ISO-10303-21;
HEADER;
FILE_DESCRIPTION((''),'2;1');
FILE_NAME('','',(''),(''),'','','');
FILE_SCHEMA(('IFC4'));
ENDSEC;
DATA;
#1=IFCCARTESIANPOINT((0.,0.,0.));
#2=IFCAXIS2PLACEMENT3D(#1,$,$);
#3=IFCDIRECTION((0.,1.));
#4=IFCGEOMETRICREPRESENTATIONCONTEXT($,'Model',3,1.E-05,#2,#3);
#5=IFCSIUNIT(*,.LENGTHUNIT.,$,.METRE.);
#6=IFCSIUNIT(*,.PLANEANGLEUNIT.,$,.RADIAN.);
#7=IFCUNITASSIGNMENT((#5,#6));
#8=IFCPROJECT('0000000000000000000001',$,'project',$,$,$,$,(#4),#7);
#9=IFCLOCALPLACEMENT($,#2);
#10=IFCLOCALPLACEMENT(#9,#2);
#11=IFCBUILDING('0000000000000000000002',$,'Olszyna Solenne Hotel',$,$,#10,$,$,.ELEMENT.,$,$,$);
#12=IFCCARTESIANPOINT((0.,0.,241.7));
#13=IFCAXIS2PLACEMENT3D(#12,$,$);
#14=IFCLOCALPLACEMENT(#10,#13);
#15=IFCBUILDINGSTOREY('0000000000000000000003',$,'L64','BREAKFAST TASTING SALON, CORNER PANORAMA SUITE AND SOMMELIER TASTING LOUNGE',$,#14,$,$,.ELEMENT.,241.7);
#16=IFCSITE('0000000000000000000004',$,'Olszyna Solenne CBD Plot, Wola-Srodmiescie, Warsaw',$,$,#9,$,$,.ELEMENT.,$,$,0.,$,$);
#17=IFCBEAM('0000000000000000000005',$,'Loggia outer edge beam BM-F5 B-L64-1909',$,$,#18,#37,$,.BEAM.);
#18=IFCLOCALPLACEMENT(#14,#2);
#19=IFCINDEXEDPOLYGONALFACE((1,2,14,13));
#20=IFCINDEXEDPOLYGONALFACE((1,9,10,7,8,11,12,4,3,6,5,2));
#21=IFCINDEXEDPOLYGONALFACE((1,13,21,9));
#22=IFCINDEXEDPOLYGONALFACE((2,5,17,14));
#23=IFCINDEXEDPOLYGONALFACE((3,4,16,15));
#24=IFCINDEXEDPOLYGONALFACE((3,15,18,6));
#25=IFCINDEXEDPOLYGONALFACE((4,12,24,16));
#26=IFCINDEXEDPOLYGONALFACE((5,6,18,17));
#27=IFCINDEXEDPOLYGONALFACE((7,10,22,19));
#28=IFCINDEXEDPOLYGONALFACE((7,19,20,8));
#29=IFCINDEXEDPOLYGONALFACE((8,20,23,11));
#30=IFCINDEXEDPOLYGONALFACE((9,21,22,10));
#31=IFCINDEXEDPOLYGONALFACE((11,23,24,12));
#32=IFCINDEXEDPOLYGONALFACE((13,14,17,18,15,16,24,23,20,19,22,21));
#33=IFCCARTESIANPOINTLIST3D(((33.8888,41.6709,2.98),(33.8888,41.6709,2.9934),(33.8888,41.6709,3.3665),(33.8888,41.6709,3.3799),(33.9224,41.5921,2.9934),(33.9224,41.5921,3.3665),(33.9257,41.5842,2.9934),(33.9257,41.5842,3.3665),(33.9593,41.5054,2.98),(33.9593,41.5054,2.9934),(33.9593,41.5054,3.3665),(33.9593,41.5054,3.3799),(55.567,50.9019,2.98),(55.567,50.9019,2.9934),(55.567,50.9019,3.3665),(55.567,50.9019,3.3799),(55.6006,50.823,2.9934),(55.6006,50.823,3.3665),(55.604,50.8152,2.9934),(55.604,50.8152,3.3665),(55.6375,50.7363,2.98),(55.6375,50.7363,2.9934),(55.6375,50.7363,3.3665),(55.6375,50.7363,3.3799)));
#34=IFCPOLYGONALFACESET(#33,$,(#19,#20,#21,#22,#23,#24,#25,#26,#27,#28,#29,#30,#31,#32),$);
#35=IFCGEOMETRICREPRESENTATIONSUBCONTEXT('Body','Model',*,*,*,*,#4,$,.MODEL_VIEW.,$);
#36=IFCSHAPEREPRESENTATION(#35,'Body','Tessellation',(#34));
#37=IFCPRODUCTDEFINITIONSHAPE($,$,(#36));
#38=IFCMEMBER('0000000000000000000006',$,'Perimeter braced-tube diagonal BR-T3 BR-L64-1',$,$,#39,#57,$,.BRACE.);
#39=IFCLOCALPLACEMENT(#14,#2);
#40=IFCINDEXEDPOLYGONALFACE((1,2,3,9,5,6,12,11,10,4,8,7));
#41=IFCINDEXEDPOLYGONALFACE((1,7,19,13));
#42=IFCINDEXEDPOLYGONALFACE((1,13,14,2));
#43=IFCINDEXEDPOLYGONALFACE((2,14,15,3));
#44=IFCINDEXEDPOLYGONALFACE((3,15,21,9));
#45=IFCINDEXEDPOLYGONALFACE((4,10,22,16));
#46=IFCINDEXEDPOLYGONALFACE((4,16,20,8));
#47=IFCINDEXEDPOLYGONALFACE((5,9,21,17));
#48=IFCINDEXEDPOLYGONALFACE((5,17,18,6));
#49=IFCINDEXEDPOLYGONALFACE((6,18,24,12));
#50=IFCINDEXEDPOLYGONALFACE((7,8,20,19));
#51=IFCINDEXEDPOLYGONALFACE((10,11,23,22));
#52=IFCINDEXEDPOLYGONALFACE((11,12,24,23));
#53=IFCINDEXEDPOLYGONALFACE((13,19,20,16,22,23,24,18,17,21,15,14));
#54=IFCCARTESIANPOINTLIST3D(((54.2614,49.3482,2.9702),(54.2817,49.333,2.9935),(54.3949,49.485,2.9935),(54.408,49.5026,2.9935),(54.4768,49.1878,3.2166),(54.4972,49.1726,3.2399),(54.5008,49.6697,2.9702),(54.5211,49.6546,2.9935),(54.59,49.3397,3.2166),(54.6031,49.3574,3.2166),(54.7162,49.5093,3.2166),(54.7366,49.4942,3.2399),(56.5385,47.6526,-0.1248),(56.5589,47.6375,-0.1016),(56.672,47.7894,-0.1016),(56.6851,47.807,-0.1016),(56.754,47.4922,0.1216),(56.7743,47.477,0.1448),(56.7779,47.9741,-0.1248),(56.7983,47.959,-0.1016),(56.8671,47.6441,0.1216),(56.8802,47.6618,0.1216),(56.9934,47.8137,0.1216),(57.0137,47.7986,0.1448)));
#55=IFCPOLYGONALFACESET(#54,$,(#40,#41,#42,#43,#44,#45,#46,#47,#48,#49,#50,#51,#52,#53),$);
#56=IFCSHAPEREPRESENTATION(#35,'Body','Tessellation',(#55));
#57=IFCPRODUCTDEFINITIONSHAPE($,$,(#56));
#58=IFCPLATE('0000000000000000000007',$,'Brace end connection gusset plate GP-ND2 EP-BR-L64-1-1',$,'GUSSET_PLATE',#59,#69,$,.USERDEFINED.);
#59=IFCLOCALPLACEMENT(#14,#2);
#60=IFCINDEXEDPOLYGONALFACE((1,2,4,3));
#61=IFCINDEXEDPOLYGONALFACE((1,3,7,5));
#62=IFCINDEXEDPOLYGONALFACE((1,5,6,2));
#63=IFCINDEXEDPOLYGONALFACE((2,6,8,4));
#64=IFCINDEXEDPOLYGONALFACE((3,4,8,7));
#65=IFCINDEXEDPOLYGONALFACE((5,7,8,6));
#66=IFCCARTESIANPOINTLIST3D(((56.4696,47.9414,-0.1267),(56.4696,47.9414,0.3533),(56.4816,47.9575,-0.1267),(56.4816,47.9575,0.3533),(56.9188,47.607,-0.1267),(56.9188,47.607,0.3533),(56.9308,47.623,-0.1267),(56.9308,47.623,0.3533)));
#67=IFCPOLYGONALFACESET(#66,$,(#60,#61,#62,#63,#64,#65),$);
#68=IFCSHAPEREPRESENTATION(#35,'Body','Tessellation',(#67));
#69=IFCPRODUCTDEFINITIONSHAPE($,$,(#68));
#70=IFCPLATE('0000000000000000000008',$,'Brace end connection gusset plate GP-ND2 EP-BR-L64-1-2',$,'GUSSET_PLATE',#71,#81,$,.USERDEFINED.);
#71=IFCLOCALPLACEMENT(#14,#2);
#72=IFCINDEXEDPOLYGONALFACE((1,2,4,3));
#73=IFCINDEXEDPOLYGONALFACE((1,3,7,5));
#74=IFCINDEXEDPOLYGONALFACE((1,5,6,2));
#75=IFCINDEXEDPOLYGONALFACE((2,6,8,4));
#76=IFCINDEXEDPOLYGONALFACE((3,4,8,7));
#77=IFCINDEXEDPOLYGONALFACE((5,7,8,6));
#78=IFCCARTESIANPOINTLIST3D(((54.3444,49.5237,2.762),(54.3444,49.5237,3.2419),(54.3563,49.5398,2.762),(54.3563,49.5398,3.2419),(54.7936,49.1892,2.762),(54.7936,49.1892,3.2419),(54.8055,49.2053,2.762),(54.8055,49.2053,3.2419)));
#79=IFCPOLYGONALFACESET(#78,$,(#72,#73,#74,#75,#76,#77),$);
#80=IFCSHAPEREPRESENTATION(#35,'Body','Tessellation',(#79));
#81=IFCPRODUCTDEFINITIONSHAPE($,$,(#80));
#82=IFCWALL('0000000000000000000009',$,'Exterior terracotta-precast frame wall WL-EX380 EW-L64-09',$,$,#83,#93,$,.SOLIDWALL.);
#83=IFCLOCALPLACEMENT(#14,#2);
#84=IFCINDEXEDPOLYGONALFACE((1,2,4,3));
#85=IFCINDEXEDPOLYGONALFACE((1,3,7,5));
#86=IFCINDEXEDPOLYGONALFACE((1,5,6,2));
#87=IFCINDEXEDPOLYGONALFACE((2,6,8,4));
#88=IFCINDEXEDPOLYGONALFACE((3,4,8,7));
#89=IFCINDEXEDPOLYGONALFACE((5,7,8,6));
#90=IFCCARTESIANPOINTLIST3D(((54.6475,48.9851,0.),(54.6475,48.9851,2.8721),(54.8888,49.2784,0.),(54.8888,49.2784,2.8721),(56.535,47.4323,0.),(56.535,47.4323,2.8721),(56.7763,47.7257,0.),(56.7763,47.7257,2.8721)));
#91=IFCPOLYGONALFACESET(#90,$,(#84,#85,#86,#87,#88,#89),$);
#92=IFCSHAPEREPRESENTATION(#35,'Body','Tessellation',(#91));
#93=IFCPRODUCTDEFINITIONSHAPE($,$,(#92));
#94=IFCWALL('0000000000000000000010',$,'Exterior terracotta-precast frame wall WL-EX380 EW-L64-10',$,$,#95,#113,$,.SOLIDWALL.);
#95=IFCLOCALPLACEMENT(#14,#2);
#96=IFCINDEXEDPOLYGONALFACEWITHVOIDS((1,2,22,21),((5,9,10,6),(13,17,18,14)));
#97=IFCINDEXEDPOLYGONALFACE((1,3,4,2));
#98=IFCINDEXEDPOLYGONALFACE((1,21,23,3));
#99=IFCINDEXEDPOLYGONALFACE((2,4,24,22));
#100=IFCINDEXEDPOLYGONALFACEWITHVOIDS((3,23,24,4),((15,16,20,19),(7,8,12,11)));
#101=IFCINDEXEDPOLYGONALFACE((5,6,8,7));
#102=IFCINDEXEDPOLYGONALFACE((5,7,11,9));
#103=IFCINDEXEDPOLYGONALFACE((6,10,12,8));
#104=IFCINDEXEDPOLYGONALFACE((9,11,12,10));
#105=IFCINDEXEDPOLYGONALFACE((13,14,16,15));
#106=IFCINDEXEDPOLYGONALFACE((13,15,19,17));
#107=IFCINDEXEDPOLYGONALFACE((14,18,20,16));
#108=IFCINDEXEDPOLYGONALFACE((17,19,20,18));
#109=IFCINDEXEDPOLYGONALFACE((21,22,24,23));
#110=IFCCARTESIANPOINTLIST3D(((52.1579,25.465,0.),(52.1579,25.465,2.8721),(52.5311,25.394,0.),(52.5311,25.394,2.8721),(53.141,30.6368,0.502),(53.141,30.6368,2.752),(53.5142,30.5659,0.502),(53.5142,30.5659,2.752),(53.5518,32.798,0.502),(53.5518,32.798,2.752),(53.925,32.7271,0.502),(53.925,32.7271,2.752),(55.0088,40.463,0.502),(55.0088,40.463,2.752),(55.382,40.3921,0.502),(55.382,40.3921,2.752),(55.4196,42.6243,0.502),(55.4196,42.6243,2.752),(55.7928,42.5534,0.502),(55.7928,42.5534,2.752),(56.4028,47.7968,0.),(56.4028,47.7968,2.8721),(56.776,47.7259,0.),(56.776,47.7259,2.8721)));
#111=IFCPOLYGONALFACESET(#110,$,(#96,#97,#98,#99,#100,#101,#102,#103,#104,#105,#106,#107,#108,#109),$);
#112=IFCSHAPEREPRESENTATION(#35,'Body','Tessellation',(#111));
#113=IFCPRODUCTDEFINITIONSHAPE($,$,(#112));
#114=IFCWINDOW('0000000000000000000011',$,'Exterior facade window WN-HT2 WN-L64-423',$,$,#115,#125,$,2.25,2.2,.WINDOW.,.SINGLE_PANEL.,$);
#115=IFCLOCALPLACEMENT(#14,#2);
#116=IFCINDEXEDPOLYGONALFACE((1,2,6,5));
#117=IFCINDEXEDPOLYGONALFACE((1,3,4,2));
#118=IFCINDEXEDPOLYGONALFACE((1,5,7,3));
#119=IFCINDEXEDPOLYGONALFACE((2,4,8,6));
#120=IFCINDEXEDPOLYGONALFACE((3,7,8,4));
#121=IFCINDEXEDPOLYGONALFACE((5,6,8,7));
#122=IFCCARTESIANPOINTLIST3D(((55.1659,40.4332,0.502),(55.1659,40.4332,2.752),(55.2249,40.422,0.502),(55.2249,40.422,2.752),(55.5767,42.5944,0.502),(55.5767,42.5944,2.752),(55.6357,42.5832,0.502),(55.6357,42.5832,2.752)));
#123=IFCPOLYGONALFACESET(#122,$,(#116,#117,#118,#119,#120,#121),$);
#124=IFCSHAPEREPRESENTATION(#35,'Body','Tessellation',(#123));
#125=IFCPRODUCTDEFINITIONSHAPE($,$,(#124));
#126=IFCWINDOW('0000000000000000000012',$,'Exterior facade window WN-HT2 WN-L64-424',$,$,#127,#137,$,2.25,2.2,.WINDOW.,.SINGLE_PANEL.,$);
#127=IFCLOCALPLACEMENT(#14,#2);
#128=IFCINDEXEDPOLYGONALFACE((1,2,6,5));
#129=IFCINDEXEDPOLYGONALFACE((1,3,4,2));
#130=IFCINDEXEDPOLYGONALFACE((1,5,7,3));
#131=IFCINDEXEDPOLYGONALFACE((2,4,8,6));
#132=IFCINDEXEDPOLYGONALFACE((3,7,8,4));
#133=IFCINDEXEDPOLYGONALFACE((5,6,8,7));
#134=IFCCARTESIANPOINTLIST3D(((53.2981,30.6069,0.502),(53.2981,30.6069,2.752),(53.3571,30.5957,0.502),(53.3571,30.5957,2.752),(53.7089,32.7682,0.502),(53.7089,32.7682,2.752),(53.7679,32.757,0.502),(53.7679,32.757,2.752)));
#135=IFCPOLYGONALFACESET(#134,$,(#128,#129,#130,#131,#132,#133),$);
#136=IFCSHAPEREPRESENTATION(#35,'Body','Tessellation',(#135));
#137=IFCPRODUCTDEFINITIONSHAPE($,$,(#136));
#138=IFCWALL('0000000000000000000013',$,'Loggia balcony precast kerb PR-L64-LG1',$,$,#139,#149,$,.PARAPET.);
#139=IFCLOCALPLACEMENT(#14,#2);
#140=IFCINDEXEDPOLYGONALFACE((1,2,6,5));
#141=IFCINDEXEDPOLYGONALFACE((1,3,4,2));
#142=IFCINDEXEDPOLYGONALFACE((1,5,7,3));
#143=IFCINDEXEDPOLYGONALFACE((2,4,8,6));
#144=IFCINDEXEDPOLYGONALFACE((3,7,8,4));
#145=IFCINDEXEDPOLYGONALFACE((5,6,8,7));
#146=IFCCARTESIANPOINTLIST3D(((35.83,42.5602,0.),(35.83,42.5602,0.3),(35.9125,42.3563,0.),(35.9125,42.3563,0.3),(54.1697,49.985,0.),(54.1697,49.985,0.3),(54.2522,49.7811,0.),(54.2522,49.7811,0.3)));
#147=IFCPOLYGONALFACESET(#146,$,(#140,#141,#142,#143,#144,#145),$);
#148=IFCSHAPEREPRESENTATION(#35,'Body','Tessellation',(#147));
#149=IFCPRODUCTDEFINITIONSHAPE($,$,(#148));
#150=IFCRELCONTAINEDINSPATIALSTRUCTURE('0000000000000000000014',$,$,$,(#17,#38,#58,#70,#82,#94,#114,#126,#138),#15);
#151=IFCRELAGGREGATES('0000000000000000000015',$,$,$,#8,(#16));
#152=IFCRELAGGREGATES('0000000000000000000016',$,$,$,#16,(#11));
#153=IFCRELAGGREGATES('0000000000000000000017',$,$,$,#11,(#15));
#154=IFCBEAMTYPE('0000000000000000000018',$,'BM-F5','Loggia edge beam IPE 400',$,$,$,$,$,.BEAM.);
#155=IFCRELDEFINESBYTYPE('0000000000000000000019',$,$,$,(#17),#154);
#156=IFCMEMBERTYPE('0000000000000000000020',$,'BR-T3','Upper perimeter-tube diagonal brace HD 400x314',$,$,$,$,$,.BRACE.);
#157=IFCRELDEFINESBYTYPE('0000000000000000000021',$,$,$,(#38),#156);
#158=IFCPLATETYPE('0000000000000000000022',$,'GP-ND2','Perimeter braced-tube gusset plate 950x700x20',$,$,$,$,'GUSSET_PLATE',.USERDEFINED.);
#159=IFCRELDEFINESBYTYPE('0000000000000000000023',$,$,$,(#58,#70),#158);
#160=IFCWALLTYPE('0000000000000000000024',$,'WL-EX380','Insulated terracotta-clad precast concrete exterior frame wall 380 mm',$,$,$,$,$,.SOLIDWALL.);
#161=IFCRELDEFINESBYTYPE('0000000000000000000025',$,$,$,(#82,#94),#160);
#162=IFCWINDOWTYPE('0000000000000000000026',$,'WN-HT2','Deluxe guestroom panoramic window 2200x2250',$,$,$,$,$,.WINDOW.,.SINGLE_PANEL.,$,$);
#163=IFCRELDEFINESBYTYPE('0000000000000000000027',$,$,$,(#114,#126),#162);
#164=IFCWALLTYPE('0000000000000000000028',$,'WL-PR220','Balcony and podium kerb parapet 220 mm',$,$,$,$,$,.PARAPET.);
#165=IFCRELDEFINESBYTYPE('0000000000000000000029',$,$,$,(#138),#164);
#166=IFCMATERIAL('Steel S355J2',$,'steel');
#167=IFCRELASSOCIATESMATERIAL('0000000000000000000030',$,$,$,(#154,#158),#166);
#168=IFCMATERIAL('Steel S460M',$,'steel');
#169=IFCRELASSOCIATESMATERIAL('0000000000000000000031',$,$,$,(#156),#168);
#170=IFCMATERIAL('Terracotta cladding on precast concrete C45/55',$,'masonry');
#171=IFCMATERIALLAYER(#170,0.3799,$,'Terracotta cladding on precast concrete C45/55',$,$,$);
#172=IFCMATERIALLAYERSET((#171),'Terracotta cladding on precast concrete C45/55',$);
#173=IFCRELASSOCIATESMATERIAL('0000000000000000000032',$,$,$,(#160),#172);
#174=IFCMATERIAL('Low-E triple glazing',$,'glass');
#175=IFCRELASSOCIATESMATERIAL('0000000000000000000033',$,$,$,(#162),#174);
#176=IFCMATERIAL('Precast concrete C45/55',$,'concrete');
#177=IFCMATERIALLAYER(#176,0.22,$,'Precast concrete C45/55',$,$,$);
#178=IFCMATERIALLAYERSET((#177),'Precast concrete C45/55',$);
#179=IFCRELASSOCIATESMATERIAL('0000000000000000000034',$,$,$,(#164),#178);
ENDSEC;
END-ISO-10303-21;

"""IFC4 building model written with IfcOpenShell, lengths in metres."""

from ifc_helpers import new_model, si_unit, direction, frame, frame_2d, origin, origin_2d, place, context, subcontext, project, spatial, rectangle, i_section, extrude, source, transform, mapped, material, layer, layer_set, material_profile, profile_set, type_object, type_shapes, element, fill, save


model = new_model("IFC4")

# Units and contexts
model_context = context("Model", 3, precision=1e-05, world=origin(), true_north=direction((0.0, 1.0)))
body_context = subcontext(model_context, "Body", "Model", "MODEL_VIEW")
ifc_project = project(units=[si_unit("LENGTHUNIT", "METRE"), si_unit("PLANEANGLEUNIT", "RADIAN")], contexts=[model_context])

# Site, building, storey
site_placement = place(None, origin())
site = spatial("IfcSite", under=ifc_project, at=site_placement, Name="Olszyna Solenne CBD Plot, Wola-Srodmiescie, Warsaw", CompositionType="ELEMENT", RefElevation=0.0)
building_placement = place(site_placement, origin())
building = spatial("IfcBuilding", under=site, at=building_placement, Name="Olszyna Solenne Hotel", CompositionType="ELEMENT")
storey_placement = place(building_placement, frame((0.0, 0.0, 241.7)))
storey = spatial("IfcBuildingStorey", under=building, at=storey_placement, Name="L64", Description="BREAKFAST TASTING SALON, CORNER PANORAMA SUITE AND SOMMELIER TASTING LOUNGE", CompositionType="ELEMENT", Elevation=241.7)

# Shared definitions
ifc_material_1 = material(Name="Steel S460M", Category="steel")

# Beam
ifc_material_2 = material(Name="Steel S355J2", Category="steel")
ifc_material_profile_1 = material_profile(ifc_material_2, i_section(OverallWidth=0.1799, OverallDepth=0.3999, WebThickness=0.0085, FlangeThickness=0.0134, at=origin_2d()), Name="IPE 400", Category="load-bearing")
ifc_profile_set_1 = profile_set([ifc_material_profile_1], Name="Steel S355J2")
beam_type_1 = type_object("IfcBeamType", Name="BM-F5", Description="Loggia edge beam IPE 400", PredefinedType="BEAM", material=ifc_profile_set_1)
shared_shape_1 = source(origin(), body_context, "Body", "SweptSolid", [
    extrude(i_section(OverallWidth=0.1799, OverallDepth=0.3999, WebThickness=0.0085, FlangeThickness=0.0134, at=origin_2d()), origin(), (0.0, 0.0, 1.0), 23.5618),
])
beam_1_placement = place(storey_placement, frame((55.6023, 50.8191, 3.1799), z_axis=(-0.92006, -0.391777, 0.0), x_axis=(0.391777, -0.92006, 0.0)))
element("IfcBeam", 1, at=beam_1_placement, inside=storey, type_object=beam_type_1, Name="Loggia outer edge beam BM-F5 B-L64-1909", PredefinedType="BEAM", context=body_context, shape_type="MappedRepresentation", body=[
    mapped(shared_shape_1, transform((0.0, 0.0, 0.0), x_axis=(1.0, 0.0, 0.0), y_axis=(0.0, 1.0, 0.0), z_axis=(0.0, 0.0, 1.0), scale=1.0)),
])

# Member
ifc_material_profile_2 = material_profile(ifc_material_1, i_section(OverallWidth=0.4009, OverallDepth=0.3989, WebThickness=0.022, FlangeThickness=0.0344, at=origin_2d()), Name="HD 400x314", Category="load-bearing")
ifc_profile_set_2 = profile_set([ifc_material_profile_2], Name="Steel S460M")
member_type = type_object("IfcMemberType", Name="BR-T3", Description="Upper perimeter-tube diagonal brace HD 400x314", PredefinedType="BRACE", material=ifc_profile_set_2)
shared_shape_2 = source(origin(), body_context, "Body", "SweptSolid", [
    extrude(i_section(OverallWidth=0.4009, OverallDepth=0.3989, WebThickness=0.022, FlangeThickness=0.0344, at=origin_2d()), origin(), (0.0, 0.0, 1.0), 4.2),
])
member_placement = place(storey_placement, frame((56.7761, 47.7256, 0.01), z_axis=(-0.542183, 0.403716, 0.73692), x_axis=(-0.597231, -0.802069, 0.0)))
element("IfcMember", 2, at=member_placement, inside=storey, type_object=member_type, Name="Perimeter braced-tube diagonal BR-T3 BR-L64-1", PredefinedType="BRACE", context=body_context, shape_type="MappedRepresentation", body=[
    mapped(shared_shape_2, transform((0.0, 0.0, 0.0), x_axis=(1.0, 0.0, 0.0), y_axis=(0.0, 1.0, 0.0), z_axis=(0.0, 0.0, 1.0), scale=1.0)),
])

# Plates
plate_type = type_object("IfcPlateType", Name="GP-ND2", Description="Perimeter braced-tube gusset plate 950x700x20", ElementType="GUSSET_PLATE", PredefinedType="USERDEFINED", material=ifc_material_2)
shared_shape_3 = source(origin(), body_context, "Body", "SweptSolid", [
    extrude(rectangle(XDim=0.5601, YDim=0.02, at=origin_2d()), origin(), (0.0, 0.0, 1.0), 0.48),
])
for number, where, z_axis, x_axis, name in (
    (3, (56.7002, 47.7822, -0.1267), (0.0, 0.0, 1.0), (-0.802088, 0.597205, 0.0), "Brace end connection gusset plate GP-ND2 EP-BR-L64-1-1"),
    (4, (54.575, 49.3645, 2.762), (0.0, 0.0, 1.0), (-0.802088, 0.597205, 0.0), "Brace end connection gusset plate GP-ND2 EP-BR-L64-1-2"),
):
    element("IfcPlate", number, at=place(storey_placement, frame(where, z_axis=z_axis, x_axis=x_axis)), inside=storey, type_object=plate_type, Name=name, ObjectType="GUSSET_PLATE", PredefinedType="USERDEFINED", context=body_context, shape_type="MappedRepresentation", body=[
        mapped(shared_shape_3, transform((0.0, 0.0, 0.0), x_axis=(1.0, 0.0, 0.0), y_axis=(0.0, 1.0, 0.0), z_axis=(0.0, 0.0, 1.0), scale=1.0)),
    ])

# Wall
ifc_material_3 = material(Name="Terracotta cladding on precast concrete C45/55", Category="masonry")
ifc_layer_1 = layer(ifc_material_3, 0.3799, Name="Terracotta cladding on precast concrete C45/55")
ifc_layer_set_1 = layer_set([ifc_layer_1], Name="Terracotta cladding on precast concrete C45/55")
wall_type_1 = type_object("IfcWallType", Name="WL-EX380", Description="Insulated terracotta-clad precast concrete exterior frame wall 380 mm", PredefinedType="SOLIDWALL", material=ifc_layer_set_1)
wall_1_placement = place(storey_placement, frame((54.7681, 49.1318, 0.0), z_axis=(0.0, 0.0, 1.0), x_axis=(0.772259, -0.635308, 0.0)))
element("IfcWall", 5, at=wall_1_placement, inside=storey, type_object=wall_type_1, Name="Exterior terracotta-precast frame wall WL-EX380 EW-L64-09", PredefinedType="SOLIDWALL", context=body_context, shape_type="SweptSolid", body=[
    extrude(rectangle(XDim=2.4441, YDim=0.3799, at=frame_2d((1.2222, 0.0))), origin(), (0.0, 0.0, 1.0), 2.8721),
])

# Wall, openings, windows
wall_2_placement = place(storey_placement, frame((56.5894, 47.7612, 0.0), z_axis=(0.0, 0.0, 1.0), x_axis=(-0.186738, -0.98241, 0.0)))
wall_2 = element("IfcWall", 6, at=wall_2_placement, inside=storey, type_object=wall_type_1, Name="Exterior terracotta-precast frame wall WL-EX380 EW-L64-10", PredefinedType="SOLIDWALL", context=body_context, shape_type="SweptSolid", body=[
    extrude(rectangle(XDim=22.7317, YDim=0.3799, at=frame_2d((11.3657, 0.0))), origin(), (0.0, 0.0, 1.0), 2.8721),
])
opening_1_placement = place(wall_2_placement, frame((5.2649, 0.0, 0.502)))
opening_1 = element("IfcOpeningElement", 7, at=opening_1_placement, cuts=wall_2, PredefinedType="OPENING", context=body_context, shape_type="SweptSolid", body=[
    extrude(rectangle(XDim=2.2, YDim=2.25, at=frame_2d((1.1001, 1.125))), frame((0.0, 0.2, 0.0), z_axis=(0.0, -1.0, 0.0), x_axis=(1.0, 0.0, 0.0)), (0.0, 0.0, 1.0), 0.3999),
])
opening_2_placement = place(wall_2_placement, frame((15.2671, 0.0, 0.502)))
opening_2 = element("IfcOpeningElement", 8, at=opening_2_placement, cuts=wall_2, PredefinedType="OPENING", context=body_context, shape_type="SweptSolid", body=[
    extrude(rectangle(XDim=2.2, YDim=2.25, at=frame_2d((1.1001, 1.125))), frame((0.0, 0.2, 0.0), z_axis=(0.0, -1.0, 0.0), x_axis=(1.0, 0.0, 0.0)), (0.0, 0.0, 1.0), 0.3999),
])
ifc_material_4 = material(Name="Low-E triple glazing", Category="glass")
window_type = type_object("IfcWindowType", Name="WN-HT2", Description="Deluxe guestroom panoramic window 2200x2250", PartitioningType="SINGLE_PANEL", PredefinedType="WINDOW", material=ifc_material_4)
shared_shape_4 = source(origin(), body_context, "Body", "SweptSolid", [
    extrude(rectangle(XDim=2.2, YDim=2.25, at=frame_2d((1.1001, 1.125))), frame((0.0, 0.03, 0.0), z_axis=(0.0, -1.0, 0.0), x_axis=(1.0, 0.0, 0.0)), (0.0, 0.0, 1.0), 0.0601),
])
type_shapes(window_type, [shared_shape_4])
window_1_placement = place(opening_1_placement, origin())
window_1 = element("IfcWindow", 9, at=window_1_placement, inside=storey, type_object=window_type, Name="Exterior facade window WN-HT2 WN-L64-423", OverallHeight=2.25, OverallWidth=2.2, PartitioningType="SINGLE_PANEL", PredefinedType="WINDOW", context=body_context, shape_type="MappedRepresentation", body=[
    mapped(shared_shape_4, transform((0.0, 0.0, 0.0), x_axis=(1.0, 0.0, 0.0), y_axis=(0.0, 1.0, 0.0), z_axis=(0.0, 0.0, 1.0), scale=1.0)),
])
fill(opening_1, window_1)
window_2_placement = place(opening_2_placement, origin())
window_2 = element("IfcWindow", 10, at=window_2_placement, inside=storey, type_object=window_type, Name="Exterior facade window WN-HT2 WN-L64-424", OverallHeight=2.25, OverallWidth=2.2, PartitioningType="SINGLE_PANEL", PredefinedType="WINDOW", context=body_context, shape_type="MappedRepresentation", body=[
    mapped(shared_shape_4, transform((0.0, 0.0, 0.0), x_axis=(1.0, 0.0, 0.0), y_axis=(0.0, 1.0, 0.0), z_axis=(0.0, 0.0, 1.0), scale=1.0)),
])
fill(opening_2, window_2)

# Wall
ifc_material_5 = material(Name="Precast concrete C45/55", Category="concrete")
ifc_layer_2 = layer(ifc_material_5, 0.22, Name="Precast concrete C45/55")
ifc_layer_set_2 = layer_set([ifc_layer_2], Name="Precast concrete C45/55")
wall_type_2 = type_object("IfcWallType", Name="WL-PR220", Description="Balcony and podium kerb parapet 220 mm", PredefinedType="PARAPET", material=ifc_layer_set_2)
wall_3_placement = place(storey_placement, frame((54.2109, 49.8831, 0.0), z_axis=(0.0, 0.0, 1.0), x_axis=(-0.926918, -0.375264, 0.0)))
element("IfcWall", 11, at=wall_3_placement, inside=storey, type_object=wall_type_2, Name="Loggia balcony precast kerb PR-L64-LG1", PredefinedType="PARAPET", context=body_context, shape_type="SweptSolid", body=[
    extrude(rectangle(XDim=19.7856, YDim=0.22, at=frame_2d((9.8928, 0.0))), origin(), (0.0, 0.0, 1.0), 0.3),
])

save(model, "model.ifc")
